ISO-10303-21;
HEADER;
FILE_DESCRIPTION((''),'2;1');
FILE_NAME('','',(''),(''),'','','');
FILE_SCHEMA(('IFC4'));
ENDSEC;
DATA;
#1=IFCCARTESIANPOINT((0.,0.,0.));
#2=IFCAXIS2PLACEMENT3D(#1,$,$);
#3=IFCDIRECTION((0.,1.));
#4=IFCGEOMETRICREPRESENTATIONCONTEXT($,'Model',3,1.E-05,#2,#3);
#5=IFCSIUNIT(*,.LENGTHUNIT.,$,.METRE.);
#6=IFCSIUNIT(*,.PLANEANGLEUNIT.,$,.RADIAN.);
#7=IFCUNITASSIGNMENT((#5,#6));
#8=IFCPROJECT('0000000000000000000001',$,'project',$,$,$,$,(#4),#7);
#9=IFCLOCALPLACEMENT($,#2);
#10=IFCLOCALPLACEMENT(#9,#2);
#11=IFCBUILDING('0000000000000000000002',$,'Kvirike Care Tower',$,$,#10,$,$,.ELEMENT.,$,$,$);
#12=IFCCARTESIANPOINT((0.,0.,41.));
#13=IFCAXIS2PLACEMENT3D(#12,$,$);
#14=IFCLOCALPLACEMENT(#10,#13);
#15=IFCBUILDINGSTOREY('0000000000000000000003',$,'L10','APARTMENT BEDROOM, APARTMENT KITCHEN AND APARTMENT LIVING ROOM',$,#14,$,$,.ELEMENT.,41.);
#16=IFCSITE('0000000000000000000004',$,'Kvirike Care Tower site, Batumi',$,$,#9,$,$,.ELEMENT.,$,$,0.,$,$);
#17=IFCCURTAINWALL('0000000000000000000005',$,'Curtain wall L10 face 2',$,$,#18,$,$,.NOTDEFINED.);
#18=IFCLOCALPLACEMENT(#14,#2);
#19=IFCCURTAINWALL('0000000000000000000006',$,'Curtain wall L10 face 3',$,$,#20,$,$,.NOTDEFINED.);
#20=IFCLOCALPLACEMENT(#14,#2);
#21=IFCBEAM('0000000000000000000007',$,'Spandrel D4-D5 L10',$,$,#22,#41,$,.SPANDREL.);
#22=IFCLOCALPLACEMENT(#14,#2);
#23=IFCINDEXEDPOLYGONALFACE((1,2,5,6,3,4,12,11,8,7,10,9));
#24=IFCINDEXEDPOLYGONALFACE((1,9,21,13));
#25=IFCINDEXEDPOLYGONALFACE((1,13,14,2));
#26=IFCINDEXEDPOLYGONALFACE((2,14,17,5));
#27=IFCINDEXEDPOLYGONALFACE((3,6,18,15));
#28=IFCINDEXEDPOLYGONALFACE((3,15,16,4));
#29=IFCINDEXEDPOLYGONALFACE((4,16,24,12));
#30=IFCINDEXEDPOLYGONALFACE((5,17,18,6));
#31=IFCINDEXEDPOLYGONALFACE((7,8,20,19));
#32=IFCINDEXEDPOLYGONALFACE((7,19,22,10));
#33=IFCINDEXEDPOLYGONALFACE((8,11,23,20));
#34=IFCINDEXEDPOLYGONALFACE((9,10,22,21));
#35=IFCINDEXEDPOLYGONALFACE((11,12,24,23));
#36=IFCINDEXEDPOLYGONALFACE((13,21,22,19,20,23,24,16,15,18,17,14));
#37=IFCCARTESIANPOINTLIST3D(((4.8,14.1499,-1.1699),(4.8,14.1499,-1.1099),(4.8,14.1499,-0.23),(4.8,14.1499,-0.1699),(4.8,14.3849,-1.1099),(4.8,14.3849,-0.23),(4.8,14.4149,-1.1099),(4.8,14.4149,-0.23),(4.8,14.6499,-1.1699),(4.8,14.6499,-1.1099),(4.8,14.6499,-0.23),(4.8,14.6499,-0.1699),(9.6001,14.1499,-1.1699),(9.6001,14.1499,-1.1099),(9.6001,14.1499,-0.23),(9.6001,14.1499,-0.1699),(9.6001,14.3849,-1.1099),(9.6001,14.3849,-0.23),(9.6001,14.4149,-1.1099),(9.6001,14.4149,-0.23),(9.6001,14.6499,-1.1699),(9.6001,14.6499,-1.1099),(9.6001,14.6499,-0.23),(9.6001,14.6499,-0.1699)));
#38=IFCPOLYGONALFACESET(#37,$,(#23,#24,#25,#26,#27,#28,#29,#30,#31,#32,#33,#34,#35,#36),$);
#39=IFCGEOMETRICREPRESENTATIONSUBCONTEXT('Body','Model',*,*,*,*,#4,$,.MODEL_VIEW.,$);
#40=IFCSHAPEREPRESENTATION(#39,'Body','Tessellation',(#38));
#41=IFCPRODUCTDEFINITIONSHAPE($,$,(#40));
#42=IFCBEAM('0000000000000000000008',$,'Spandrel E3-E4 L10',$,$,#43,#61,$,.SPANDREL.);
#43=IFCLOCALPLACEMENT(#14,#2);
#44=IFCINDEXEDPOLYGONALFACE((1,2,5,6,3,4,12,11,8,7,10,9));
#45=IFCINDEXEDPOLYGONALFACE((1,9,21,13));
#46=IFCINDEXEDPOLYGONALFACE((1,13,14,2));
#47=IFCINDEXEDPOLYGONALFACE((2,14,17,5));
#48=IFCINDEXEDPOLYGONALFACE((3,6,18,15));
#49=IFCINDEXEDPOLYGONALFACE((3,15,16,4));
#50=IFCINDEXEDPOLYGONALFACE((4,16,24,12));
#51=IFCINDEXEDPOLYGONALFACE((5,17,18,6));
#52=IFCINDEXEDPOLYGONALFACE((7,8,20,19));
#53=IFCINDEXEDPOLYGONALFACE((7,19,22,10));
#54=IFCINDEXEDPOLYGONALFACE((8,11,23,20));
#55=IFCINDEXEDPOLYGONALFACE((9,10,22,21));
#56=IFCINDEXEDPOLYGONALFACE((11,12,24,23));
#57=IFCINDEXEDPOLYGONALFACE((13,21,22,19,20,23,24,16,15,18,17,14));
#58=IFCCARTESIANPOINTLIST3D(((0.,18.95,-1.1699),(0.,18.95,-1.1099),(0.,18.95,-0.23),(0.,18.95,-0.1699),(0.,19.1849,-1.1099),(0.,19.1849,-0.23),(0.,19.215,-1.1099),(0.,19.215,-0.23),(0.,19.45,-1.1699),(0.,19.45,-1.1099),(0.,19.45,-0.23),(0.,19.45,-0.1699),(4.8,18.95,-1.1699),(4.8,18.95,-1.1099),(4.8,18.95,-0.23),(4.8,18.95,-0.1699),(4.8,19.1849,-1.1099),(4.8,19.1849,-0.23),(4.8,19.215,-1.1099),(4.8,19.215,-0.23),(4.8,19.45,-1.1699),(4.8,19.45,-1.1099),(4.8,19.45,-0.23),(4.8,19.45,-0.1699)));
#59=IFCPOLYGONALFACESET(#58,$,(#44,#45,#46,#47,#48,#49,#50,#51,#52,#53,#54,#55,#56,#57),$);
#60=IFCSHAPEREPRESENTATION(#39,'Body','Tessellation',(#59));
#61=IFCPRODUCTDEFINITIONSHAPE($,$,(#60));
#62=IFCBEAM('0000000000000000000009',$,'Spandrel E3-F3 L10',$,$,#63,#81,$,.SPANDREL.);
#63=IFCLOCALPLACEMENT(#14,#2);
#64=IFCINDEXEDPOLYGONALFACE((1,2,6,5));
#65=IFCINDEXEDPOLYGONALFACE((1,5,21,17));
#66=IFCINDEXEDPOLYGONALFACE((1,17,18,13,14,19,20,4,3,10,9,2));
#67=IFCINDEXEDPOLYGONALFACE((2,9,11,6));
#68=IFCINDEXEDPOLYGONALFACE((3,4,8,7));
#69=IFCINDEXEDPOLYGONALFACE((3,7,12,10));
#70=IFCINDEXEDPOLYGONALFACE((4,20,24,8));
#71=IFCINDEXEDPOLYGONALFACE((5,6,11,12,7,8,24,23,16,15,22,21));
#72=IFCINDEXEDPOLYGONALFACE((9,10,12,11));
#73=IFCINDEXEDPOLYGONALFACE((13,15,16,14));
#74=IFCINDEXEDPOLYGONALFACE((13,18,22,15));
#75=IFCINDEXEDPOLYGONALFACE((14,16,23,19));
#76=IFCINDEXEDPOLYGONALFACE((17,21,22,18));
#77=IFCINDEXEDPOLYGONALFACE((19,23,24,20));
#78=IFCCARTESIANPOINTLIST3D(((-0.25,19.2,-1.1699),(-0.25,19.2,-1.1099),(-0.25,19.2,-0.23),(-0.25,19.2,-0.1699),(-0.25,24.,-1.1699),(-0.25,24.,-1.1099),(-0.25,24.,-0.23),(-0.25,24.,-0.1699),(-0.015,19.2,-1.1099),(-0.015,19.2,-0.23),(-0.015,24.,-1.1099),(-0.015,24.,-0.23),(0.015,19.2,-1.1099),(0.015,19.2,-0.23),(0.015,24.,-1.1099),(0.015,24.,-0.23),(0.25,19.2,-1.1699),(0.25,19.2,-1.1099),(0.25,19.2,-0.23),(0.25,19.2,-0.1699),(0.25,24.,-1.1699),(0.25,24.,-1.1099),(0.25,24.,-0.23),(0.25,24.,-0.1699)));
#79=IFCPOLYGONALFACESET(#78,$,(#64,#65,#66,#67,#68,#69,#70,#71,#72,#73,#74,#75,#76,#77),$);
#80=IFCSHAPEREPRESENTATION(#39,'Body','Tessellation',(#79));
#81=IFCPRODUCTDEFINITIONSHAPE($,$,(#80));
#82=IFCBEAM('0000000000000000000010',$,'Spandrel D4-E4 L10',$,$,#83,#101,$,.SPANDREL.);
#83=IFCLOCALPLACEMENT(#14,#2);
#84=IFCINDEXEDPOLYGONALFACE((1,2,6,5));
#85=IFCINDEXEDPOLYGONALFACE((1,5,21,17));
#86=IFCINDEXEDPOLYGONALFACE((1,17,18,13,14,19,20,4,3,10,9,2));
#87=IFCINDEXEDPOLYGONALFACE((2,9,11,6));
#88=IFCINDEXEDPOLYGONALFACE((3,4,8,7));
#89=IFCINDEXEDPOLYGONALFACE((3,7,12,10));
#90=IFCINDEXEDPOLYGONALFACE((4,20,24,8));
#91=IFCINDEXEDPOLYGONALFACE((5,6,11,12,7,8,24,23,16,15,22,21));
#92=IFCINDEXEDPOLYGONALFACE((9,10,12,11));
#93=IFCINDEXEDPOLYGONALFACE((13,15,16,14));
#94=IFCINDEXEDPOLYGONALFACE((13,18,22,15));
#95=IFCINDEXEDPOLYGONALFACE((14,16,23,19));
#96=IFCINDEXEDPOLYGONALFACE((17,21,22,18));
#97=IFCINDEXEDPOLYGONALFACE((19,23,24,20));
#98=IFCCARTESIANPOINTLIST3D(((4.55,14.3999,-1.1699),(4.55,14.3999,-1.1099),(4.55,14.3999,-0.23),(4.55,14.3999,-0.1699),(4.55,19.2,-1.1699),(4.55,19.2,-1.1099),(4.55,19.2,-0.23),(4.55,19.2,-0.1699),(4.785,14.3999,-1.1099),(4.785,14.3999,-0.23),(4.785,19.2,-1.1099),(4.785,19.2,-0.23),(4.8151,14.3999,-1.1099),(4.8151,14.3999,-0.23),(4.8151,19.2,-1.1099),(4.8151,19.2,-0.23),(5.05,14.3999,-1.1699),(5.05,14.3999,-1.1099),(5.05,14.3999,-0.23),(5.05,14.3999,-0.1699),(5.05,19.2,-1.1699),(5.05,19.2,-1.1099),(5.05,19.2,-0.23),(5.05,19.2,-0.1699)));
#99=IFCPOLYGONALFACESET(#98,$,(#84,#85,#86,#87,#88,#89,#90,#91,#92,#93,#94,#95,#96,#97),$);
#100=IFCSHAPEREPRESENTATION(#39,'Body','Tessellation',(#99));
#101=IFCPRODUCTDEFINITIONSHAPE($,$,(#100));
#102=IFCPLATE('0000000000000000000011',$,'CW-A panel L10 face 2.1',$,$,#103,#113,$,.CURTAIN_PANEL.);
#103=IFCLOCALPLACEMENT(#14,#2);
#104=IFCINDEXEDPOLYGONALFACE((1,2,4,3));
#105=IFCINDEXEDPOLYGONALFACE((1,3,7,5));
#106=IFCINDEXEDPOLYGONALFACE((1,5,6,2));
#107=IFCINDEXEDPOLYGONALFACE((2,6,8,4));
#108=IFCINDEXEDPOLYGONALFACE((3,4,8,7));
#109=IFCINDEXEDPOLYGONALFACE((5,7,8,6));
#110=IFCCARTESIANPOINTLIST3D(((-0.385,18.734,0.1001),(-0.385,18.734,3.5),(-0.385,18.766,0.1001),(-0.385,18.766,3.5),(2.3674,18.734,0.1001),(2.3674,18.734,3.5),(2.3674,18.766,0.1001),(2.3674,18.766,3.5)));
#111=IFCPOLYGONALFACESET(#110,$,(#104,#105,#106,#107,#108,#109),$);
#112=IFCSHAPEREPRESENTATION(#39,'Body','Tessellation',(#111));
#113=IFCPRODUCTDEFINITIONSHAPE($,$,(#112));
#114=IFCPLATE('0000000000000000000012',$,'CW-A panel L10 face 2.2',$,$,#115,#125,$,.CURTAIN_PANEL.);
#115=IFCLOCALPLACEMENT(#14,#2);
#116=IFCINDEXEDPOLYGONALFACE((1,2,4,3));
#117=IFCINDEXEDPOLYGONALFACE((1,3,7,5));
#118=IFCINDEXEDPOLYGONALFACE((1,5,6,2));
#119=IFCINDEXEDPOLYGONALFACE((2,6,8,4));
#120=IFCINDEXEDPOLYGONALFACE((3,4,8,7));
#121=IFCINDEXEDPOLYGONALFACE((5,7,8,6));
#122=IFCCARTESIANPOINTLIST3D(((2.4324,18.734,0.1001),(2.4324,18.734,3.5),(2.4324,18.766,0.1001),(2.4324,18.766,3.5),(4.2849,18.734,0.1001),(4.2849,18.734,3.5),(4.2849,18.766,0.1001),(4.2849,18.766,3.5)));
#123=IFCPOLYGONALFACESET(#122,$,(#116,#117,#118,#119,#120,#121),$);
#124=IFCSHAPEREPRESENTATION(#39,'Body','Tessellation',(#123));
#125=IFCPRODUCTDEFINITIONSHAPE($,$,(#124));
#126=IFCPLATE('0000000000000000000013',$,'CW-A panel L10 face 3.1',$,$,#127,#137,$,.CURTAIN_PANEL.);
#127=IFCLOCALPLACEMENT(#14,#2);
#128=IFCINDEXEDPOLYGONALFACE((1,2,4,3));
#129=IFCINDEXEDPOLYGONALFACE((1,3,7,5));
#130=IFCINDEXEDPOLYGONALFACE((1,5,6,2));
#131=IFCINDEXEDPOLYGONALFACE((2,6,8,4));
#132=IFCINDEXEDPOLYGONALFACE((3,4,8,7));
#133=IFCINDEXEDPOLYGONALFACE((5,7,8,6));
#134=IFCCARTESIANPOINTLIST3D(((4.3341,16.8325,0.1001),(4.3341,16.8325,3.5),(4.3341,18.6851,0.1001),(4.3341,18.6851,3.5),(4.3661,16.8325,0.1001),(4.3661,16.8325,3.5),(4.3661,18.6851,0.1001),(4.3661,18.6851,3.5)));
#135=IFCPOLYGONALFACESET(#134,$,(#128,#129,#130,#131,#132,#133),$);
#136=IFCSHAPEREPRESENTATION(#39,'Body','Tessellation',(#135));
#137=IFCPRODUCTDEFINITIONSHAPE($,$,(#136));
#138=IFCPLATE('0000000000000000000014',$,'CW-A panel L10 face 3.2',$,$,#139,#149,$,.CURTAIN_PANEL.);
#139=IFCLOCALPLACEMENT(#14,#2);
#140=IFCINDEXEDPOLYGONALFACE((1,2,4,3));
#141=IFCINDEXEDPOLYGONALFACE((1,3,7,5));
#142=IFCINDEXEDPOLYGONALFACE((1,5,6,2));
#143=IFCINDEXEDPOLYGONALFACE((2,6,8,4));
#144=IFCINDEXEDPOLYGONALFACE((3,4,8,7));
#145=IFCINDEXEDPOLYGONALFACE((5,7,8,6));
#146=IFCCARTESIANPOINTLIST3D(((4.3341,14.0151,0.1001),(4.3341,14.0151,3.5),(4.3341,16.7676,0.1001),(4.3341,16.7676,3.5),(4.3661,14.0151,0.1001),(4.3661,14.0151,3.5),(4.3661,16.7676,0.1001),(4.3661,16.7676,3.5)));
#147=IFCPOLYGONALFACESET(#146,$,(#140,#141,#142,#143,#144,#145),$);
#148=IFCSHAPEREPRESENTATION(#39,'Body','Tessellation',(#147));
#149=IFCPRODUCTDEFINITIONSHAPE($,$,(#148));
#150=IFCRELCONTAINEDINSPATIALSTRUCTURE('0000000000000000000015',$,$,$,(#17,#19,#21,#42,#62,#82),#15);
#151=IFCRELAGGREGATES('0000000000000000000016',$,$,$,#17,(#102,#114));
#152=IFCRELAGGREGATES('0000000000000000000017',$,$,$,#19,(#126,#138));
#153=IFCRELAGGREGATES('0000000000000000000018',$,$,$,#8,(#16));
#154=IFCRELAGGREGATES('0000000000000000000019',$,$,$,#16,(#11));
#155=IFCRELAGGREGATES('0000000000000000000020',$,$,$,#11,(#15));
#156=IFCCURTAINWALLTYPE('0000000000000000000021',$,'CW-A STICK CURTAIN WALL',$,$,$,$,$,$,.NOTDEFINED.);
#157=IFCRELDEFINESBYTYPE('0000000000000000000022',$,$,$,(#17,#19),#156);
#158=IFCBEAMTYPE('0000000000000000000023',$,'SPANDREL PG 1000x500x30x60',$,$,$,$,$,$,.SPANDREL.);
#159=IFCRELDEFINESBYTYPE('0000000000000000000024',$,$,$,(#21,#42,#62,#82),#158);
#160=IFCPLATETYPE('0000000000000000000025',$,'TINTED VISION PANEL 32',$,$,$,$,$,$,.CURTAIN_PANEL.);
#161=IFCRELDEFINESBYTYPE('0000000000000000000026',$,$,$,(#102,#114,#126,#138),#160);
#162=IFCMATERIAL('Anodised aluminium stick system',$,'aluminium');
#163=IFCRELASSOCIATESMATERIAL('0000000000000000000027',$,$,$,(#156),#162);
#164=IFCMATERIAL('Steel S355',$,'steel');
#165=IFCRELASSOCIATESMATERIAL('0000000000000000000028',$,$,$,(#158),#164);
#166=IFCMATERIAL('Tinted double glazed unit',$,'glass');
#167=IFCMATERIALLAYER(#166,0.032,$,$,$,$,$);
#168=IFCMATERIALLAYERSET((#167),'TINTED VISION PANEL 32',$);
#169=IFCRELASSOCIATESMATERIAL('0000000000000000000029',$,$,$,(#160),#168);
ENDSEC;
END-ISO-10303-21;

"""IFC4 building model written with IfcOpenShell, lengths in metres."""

from ifc_helpers import new_model, si_unit, direction, frame, origin, origin_2d, place, context, subcontext, project, spatial, rectangle, i_section, extrude, material, layer, layer_set, material_profile, profile_set, type_object, element, aggregate, save


model = new_model("IFC4")

# Units and contexts
model_context = context("Model", 3, precision=1e-05, world=origin(), true_north=direction((0.0, 1.0)))
body_context = subcontext(model_context, "Body", "Model", "MODEL_VIEW")
ifc_project = project(units=[si_unit("LENGTHUNIT", "METRE"), si_unit("PLANEANGLEUNIT", "RADIAN")], contexts=[model_context])

# Site, building, storey
site_placement = place(None, origin())
site = spatial("IfcSite", under=ifc_project, at=site_placement, Name="Kvirike Care Tower site, Batumi", CompositionType="ELEMENT", RefElevation=0.0)
building_placement = place(site_placement, origin())
building = spatial("IfcBuilding", under=site, at=building_placement, Name="Kvirike Care Tower", CompositionType="ELEMENT")
storey_placement = place(building_placement, frame((0.0, 0.0, 41.0)))
storey = spatial("IfcBuildingStorey", under=building, at=storey_placement, Name="L10", Description="APARTMENT BEDROOM, APARTMENT KITCHEN AND APARTMENT LIVING ROOM", CompositionType="ELEMENT", Elevation=41.0)

# Shared definitions
ifc_material_1 = material(Name="Anodised aluminium stick system", Category="aluminium")
curtain_wall_type = type_object("IfcCurtainWallType", Name="CW-A STICK CURTAIN WALL", PredefinedType="NOTDEFINED", material=ifc_material_1)

# Curtain walls
curtain_wall_1_placement = place(storey_placement, origin())
curtain_wall_1 = element("IfcCurtainWall", 1, at=curtain_wall_1_placement, inside=storey, type_object=curtain_wall_type, Name="Curtain wall L10 face 2", PredefinedType="NOTDEFINED")
curtain_wall_2_placement = place(storey_placement, origin())
curtain_wall_2 = element("IfcCurtainWall", 2, at=curtain_wall_2_placement, inside=storey, type_object=curtain_wall_type, Name="Curtain wall L10 face 3", PredefinedType="NOTDEFINED")

# Beams
ifc_material_2 = material(Name="Steel S355", Category="steel")
ifc_material_profile_1 = material_profile(ifc_material_2, i_section(OverallWidth=0.5, OverallDepth=1.0, WebThickness=0.03, FlangeThickness=0.0601, at=origin_2d()), Name="PG 1000x500x30x60")
ifc_profile_set_1 = profile_set([ifc_material_profile_1], Name="Steel S355")
beam_type = type_object("IfcBeamType", Name="SPANDREL PG 1000x500x30x60", PredefinedType="SPANDREL", material=ifc_profile_set_1)
for number, where, z_axis, x_axis, name in (
    (3, (4.8, 14.3999, -0.6699), (1.0, 0.0, 0.0), (0.0, 1.0, 0.0), "Spandrel D4-D5 L10"),
    (4, (0.0, 19.2, -0.6699), (1.0, 0.0, 0.0), (0.0, 1.0, 0.0), "Spandrel E3-E4 L10"),
    (5, (0.0, 19.2, -0.6699), (0.0, 1.0, 0.0), (-1.0, 0.0, 0.0), "Spandrel E3-F3 L10"),
    (6, (4.8, 14.3999, -0.6699), (0.0, 1.0, 0.0), (-1.0, 0.0, 0.0), "Spandrel D4-E4 L10"),
):
    element("IfcBeam", number, at=place(storey_placement, frame(where, z_axis=z_axis, x_axis=x_axis)), inside=storey, type_object=beam_type, Name=name, PredefinedType="SPANDREL", context=body_context, shape_type="SweptSolid", body=[
        extrude(i_section(OverallWidth=0.5, OverallDepth=1.0, WebThickness=0.03, FlangeThickness=0.0601, at=origin_2d()), origin(), (0.0, 0.0, 1.0), 4.8),
    ])

# Plates
ifc_material_3 = material(Name="Tinted double glazed unit", Category="glass")
ifc_layer = layer(ifc_material_3, 0.032)
ifc_layer_set = layer_set([ifc_layer], Name="TINTED VISION PANEL 32")
plate_type = type_object("IfcPlateType", Name="TINTED VISION PANEL 32", PredefinedType="CURTAIN_PANEL", material=ifc_layer_set)
plate_1_placement = place(storey_placement, frame((0.9912, 18.75, 0.1001), z_axis=(0.0, 0.0, 1.0), x_axis=(1.0, 0.0, 0.0)))
plate_1 = element("IfcPlate", 7, at=plate_1_placement, type_object=plate_type, Name="CW-A panel L10 face 2.1", PredefinedType="CURTAIN_PANEL", context=body_context, shape_type="SweptSolid", body=[
    extrude(rectangle(XDim=2.7524, YDim=0.032, at=origin_2d()), origin(), (0.0, 0.0, 1.0), 3.3999),
])
plate_2_placement = place(storey_placement, frame((3.3586, 18.75, 0.1001), z_axis=(0.0, 0.0, 1.0), x_axis=(1.0, 0.0, 0.0)))
plate_2 = element("IfcPlate", 8, at=plate_2_placement, type_object=plate_type, Name="CW-A panel L10 face 2.2", PredefinedType="CURTAIN_PANEL", context=body_context, shape_type="SweptSolid", body=[
    extrude(rectangle(XDim=1.8525, YDim=0.032, at=origin_2d()), origin(), (0.0, 0.0, 1.0), 3.3999),
])
aggregate(curtain_wall_1, [plate_1, plate_2])
plate_3_placement = place(storey_placement, frame((4.3501, 17.7588, 0.1001), z_axis=(0.0, 0.0, 1.0), x_axis=(0.0, -1.0, 0.0)))
plate_3 = element("IfcPlate", 9, at=plate_3_placement, type_object=plate_type, Name="CW-A panel L10 face 3.1", PredefinedType="CURTAIN_PANEL", context=body_context, shape_type="SweptSolid", body=[
    extrude(rectangle(XDim=1.8525, YDim=0.032, at=origin_2d()), origin(), (0.0, 0.0, 1.0), 3.3999),
])
plate_4_placement = place(storey_placement, frame((4.3501, 15.3914, 0.1001), z_axis=(0.0, 0.0, 1.0), x_axis=(0.0, -1.0, 0.0)))
plate_4 = element("IfcPlate", 10, at=plate_4_placement, type_object=plate_type, Name="CW-A panel L10 face 3.2", PredefinedType="CURTAIN_PANEL", context=body_context, shape_type="SweptSolid", body=[
    extrude(rectangle(XDim=2.7524, YDim=0.032, at=origin_2d()), origin(), (0.0, 0.0, 1.0), 3.3999),
])
aggregate(curtain_wall_2, [plate_3, plate_4])

save(model, "model.ifc")
